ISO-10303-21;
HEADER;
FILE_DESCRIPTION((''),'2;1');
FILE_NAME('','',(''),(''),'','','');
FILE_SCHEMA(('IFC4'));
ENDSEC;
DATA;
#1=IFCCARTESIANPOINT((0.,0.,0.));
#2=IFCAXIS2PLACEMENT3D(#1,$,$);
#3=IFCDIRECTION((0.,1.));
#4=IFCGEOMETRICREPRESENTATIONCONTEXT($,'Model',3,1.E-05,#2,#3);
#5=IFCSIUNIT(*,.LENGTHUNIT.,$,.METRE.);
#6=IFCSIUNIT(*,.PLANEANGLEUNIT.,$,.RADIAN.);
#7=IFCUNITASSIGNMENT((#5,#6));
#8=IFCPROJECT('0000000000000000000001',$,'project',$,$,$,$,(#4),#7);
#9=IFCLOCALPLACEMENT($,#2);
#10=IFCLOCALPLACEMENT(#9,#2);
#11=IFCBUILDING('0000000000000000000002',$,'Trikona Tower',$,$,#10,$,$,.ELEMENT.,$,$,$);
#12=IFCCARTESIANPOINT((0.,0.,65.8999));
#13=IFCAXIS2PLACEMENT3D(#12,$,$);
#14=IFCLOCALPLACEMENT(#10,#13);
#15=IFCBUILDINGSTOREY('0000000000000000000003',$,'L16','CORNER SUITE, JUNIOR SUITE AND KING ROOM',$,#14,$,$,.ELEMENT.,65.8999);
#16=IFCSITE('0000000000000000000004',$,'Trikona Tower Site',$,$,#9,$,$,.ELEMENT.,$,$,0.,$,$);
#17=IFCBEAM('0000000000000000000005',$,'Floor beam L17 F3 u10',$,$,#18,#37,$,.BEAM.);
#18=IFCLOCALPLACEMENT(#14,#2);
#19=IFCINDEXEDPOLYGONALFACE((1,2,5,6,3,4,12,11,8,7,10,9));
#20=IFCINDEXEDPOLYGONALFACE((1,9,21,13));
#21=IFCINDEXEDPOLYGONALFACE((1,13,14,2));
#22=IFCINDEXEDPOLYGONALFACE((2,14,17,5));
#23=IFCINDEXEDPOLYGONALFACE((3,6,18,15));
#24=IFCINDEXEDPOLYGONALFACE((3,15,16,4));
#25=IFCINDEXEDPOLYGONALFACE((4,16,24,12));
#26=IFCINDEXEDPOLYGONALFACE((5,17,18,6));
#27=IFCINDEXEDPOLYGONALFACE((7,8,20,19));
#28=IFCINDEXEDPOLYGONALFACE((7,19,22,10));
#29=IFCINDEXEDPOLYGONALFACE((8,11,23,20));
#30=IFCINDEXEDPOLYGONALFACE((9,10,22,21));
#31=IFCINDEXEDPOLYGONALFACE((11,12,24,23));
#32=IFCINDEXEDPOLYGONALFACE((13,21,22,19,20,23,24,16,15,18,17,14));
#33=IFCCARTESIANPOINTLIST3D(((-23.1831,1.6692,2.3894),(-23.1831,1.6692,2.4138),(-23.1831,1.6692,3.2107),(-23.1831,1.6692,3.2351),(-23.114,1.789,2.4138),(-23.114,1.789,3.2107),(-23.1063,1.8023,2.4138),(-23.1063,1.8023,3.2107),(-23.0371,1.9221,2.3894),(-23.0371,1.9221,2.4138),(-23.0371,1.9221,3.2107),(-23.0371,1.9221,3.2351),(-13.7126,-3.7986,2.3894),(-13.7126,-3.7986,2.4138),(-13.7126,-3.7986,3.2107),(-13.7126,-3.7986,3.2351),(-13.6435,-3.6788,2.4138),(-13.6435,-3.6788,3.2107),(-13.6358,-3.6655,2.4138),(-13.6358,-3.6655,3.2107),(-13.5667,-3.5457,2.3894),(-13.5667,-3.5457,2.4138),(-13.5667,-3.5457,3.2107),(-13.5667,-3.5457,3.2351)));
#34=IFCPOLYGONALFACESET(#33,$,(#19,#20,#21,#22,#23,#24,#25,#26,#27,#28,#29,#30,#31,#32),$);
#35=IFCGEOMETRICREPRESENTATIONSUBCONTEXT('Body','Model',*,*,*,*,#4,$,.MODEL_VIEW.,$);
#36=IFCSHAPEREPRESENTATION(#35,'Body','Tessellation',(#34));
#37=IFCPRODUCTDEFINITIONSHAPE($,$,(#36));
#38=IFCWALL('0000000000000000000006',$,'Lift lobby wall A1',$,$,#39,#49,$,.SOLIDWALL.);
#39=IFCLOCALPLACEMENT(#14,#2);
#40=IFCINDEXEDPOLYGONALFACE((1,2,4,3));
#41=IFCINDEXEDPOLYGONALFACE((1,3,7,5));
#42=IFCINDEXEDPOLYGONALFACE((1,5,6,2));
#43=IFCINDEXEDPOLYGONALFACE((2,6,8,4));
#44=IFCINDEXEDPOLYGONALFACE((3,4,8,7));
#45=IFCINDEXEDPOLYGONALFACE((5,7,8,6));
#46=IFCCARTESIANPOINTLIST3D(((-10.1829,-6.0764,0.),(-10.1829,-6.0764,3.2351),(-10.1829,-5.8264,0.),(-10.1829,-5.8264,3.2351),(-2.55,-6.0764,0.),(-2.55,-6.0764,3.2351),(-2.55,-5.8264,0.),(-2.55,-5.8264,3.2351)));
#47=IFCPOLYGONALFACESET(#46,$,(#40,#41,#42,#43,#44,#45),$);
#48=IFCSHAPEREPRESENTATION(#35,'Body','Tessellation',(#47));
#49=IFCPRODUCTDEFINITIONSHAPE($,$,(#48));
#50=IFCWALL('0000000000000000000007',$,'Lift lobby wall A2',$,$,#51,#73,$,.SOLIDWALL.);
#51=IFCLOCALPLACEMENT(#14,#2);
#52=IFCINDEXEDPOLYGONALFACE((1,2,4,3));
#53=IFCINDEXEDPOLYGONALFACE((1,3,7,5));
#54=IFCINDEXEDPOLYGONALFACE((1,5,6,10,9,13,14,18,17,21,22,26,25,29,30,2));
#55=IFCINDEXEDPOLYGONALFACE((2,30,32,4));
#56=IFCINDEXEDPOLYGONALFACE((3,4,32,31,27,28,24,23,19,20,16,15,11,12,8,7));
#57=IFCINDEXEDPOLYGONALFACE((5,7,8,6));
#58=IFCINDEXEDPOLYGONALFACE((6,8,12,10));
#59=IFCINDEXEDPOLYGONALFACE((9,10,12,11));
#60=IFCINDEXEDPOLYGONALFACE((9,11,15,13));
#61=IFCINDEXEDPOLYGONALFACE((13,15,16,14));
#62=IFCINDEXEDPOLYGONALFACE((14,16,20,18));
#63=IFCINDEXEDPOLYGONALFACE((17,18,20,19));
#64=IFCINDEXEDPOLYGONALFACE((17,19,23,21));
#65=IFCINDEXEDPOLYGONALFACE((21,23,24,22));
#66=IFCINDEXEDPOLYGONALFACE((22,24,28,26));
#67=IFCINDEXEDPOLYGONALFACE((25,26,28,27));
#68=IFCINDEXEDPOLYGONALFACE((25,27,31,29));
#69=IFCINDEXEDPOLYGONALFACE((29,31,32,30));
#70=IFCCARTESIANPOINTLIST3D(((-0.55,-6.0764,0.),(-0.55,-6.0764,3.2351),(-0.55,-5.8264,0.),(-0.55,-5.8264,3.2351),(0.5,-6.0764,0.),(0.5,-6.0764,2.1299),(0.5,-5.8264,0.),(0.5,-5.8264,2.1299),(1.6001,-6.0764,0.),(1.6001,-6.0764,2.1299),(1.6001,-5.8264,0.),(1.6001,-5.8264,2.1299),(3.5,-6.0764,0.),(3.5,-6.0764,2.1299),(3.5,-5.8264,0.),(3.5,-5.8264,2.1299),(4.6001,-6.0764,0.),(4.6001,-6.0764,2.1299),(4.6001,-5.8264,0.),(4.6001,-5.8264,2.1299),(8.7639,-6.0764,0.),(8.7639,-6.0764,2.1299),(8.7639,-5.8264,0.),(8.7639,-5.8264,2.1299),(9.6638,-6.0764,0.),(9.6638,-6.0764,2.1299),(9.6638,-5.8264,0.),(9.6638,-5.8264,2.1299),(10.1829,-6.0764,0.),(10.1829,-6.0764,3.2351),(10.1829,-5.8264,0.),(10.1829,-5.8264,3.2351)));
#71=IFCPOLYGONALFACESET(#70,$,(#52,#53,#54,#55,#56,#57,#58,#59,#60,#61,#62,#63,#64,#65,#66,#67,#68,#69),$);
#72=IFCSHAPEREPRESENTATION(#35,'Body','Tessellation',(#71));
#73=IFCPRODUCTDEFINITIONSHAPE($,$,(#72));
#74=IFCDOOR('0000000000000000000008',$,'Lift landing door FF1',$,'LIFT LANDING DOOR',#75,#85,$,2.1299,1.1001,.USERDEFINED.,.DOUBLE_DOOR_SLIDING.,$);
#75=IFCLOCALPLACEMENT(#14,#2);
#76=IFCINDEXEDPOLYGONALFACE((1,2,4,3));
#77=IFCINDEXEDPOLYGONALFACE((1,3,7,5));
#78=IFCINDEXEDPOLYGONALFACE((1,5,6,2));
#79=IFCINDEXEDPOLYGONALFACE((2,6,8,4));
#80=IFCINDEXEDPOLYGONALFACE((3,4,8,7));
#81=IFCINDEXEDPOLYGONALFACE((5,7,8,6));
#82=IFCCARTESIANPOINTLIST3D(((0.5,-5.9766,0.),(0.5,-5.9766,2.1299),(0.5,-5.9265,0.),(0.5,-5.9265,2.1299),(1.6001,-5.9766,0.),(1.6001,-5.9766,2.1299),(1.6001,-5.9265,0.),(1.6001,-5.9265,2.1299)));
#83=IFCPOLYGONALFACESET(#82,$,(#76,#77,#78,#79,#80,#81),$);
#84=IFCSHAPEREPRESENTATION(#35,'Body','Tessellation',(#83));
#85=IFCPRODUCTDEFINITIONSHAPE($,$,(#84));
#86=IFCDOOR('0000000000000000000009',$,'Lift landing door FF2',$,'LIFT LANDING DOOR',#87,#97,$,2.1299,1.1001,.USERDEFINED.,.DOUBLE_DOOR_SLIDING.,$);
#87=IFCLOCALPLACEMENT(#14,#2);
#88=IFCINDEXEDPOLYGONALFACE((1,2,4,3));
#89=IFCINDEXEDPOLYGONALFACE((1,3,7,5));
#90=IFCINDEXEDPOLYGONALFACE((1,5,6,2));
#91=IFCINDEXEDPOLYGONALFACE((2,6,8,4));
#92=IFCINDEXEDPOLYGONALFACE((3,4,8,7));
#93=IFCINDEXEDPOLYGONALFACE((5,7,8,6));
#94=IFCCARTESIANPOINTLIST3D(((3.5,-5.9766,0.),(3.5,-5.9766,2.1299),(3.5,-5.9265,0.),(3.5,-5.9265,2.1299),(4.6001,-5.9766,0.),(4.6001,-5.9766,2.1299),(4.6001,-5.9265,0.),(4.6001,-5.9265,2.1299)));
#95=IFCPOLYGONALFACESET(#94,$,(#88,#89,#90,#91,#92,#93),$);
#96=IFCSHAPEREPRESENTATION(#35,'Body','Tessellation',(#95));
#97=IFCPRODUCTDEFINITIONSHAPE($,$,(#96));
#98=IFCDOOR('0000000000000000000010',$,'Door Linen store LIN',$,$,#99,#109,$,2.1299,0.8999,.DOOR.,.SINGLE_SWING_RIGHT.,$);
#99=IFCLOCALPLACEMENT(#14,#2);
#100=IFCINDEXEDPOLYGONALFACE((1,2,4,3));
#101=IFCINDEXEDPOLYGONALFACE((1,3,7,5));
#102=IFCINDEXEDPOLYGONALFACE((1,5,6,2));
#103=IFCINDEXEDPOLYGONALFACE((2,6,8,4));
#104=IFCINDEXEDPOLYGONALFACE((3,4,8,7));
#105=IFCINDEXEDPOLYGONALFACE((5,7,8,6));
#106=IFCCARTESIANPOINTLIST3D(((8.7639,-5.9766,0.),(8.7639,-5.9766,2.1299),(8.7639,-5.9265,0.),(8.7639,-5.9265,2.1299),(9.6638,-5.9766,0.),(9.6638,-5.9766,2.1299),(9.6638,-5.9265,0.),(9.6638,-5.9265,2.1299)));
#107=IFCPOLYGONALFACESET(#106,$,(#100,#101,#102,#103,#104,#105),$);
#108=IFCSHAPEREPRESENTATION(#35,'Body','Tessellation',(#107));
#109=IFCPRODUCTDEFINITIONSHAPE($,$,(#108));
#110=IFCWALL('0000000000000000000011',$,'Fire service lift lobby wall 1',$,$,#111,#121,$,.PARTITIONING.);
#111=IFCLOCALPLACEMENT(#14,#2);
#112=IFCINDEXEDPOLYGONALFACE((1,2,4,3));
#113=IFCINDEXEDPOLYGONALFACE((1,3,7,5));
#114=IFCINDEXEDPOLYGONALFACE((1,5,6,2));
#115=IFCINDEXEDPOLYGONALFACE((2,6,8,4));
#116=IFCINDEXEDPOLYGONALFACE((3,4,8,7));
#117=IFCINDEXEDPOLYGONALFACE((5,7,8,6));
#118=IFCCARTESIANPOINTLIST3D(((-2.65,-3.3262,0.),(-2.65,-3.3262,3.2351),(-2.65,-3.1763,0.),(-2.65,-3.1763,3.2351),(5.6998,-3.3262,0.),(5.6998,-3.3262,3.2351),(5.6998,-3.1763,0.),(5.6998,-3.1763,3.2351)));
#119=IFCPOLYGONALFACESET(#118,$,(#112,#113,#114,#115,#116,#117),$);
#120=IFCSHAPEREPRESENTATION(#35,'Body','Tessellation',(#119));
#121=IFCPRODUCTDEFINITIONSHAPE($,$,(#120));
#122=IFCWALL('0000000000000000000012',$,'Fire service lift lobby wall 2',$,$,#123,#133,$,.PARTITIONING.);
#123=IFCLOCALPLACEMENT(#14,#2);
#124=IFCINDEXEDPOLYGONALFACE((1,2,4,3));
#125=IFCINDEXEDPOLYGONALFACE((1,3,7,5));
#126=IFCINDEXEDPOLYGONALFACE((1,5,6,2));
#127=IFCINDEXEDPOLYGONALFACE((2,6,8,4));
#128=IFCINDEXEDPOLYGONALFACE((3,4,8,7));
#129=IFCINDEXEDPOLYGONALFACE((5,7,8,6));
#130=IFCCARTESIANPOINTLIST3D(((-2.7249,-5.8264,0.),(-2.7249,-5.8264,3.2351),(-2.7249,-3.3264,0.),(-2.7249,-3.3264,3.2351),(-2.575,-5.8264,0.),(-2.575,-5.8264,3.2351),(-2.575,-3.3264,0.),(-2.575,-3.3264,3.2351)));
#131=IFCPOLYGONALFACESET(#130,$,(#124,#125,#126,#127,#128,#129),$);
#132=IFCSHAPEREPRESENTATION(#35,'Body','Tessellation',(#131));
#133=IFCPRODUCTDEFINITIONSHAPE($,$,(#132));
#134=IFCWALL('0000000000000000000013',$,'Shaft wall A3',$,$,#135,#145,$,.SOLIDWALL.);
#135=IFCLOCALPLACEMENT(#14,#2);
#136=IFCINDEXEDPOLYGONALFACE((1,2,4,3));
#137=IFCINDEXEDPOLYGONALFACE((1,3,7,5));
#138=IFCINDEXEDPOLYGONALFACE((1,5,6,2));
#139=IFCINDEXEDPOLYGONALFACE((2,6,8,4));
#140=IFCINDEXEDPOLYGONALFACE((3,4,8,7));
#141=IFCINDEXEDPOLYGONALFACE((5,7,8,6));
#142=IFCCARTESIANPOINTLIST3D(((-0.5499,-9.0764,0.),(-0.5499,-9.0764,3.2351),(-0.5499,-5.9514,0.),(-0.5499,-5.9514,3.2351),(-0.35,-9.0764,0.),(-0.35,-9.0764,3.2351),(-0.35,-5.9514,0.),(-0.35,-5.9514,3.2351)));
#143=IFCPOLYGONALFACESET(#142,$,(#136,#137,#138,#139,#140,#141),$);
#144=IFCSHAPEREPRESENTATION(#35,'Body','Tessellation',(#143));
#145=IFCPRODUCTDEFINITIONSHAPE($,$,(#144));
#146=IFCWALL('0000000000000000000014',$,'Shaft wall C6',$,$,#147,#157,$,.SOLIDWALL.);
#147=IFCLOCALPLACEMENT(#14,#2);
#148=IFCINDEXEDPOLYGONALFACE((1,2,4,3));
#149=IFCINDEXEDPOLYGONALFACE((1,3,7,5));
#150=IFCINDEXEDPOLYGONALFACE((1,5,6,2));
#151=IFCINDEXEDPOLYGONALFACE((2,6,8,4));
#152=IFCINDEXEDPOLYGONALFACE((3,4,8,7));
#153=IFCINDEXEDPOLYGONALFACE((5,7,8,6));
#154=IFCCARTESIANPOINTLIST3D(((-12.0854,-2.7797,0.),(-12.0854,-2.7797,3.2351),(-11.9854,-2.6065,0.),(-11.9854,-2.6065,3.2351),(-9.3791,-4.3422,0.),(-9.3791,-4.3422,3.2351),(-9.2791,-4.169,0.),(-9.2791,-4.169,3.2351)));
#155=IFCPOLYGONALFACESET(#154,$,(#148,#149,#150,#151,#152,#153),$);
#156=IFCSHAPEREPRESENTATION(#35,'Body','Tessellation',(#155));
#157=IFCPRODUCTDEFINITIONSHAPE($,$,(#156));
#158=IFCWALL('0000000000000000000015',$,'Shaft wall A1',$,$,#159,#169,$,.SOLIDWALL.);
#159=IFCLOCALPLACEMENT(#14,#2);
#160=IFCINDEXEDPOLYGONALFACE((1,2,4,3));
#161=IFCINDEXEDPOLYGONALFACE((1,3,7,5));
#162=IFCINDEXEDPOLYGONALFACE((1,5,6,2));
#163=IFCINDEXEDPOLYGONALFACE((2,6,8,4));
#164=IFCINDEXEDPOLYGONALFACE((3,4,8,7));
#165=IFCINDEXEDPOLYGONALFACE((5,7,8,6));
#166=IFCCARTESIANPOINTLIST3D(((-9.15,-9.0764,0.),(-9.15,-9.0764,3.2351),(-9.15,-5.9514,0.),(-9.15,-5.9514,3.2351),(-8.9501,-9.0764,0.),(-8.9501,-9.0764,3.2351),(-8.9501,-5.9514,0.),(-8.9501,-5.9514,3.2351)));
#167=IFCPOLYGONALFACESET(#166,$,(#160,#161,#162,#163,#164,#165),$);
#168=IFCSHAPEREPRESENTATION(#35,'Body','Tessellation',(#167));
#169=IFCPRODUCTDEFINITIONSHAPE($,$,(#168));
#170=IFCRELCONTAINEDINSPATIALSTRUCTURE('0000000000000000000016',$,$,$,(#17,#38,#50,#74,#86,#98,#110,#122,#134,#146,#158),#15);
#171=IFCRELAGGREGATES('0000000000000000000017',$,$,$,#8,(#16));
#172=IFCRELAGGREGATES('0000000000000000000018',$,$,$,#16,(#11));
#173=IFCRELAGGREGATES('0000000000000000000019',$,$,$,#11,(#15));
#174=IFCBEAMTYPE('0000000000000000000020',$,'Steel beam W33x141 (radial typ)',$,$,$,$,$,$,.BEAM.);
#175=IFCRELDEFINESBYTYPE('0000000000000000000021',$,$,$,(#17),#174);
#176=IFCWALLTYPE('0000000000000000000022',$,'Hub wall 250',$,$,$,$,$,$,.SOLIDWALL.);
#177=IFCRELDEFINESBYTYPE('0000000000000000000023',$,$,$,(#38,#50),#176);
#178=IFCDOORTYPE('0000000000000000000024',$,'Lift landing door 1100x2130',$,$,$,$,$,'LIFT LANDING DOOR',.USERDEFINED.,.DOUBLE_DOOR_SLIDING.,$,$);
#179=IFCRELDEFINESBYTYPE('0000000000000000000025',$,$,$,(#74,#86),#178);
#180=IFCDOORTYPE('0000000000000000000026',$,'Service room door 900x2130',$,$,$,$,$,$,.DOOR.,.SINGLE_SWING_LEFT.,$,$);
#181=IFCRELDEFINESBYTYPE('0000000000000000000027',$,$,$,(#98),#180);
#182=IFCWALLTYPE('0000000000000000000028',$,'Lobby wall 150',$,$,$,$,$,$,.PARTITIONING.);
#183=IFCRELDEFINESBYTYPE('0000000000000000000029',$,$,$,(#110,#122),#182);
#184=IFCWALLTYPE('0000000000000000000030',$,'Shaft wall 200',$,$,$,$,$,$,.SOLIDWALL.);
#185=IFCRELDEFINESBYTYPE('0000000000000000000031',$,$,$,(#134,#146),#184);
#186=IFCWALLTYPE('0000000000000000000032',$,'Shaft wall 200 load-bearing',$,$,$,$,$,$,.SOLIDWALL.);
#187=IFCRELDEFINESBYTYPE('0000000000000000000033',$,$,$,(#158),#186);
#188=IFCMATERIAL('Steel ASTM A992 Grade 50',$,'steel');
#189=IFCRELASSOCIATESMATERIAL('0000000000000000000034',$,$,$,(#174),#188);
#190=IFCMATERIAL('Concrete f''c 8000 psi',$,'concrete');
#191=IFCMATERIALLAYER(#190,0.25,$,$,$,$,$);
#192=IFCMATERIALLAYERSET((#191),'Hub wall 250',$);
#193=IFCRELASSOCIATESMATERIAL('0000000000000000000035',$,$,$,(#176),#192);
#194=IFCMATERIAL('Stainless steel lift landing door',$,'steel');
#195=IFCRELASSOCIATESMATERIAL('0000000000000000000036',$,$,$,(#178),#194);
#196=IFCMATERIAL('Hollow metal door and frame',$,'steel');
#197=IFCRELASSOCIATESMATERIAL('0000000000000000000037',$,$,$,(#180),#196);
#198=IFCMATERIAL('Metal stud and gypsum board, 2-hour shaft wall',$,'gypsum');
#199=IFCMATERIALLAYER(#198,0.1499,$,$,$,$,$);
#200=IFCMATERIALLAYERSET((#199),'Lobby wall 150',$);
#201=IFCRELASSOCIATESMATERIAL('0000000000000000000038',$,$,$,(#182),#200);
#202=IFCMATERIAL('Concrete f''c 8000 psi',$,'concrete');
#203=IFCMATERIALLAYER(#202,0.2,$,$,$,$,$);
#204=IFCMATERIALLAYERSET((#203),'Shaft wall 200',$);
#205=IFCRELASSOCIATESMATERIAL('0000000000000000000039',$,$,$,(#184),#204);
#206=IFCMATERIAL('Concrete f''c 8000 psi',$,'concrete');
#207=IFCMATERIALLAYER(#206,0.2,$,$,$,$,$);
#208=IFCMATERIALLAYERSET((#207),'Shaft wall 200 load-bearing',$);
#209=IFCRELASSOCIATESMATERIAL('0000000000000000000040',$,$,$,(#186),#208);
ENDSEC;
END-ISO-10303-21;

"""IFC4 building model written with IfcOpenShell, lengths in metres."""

from ifc_helpers import new_model, si_unit, direction, frame, frame_2d, origin, origin_2d, place, context, subcontext, project, spatial, rectangle, i_section, extrude, material, layer, layer_set, material_profile, profile_set, type_object, element, fill, save


model = new_model("IFC4")

# Units and contexts
model_context = context("Model", 3, precision=1e-05, world=origin(), true_north=direction((0.0, 1.0)))
body_context = subcontext(model_context, "Body", "Model", "MODEL_VIEW")
ifc_project = project(units=[si_unit("LENGTHUNIT", "METRE"), si_unit("PLANEANGLEUNIT", "RADIAN")], contexts=[model_context])

# Site, building, storey
site_placement = place(None, origin())
site = spatial("IfcSite", under=ifc_project, at=site_placement, Name="Trikona Tower Site", CompositionType="ELEMENT", RefElevation=0.0)
building_placement = place(site_placement, origin())
building = spatial("IfcBuilding", under=site, at=building_placement, Name="Trikona Tower", CompositionType="ELEMENT")
storey_placement = place(building_placement, frame((0.0, 0.0, 65.8999)))
storey = spatial("IfcBuildingStorey", under=building, at=storey_placement, Name="L16", Description="CORNER SUITE, JUNIOR SUITE AND KING ROOM", CompositionType="ELEMENT", Elevation=65.8999)

# Beam
ifc_material_1 = material(Name="Steel ASTM A992 Grade 50", Category="steel")
ifc_material_profile = material_profile(ifc_material_1, i_section(OverallWidth=0.292, OverallDepth=0.8457, WebThickness=0.0154, FlangeThickness=0.0244, at=origin_2d()), Name="W33X141")
ifc_profile_set = profile_set([ifc_material_profile], Name="Steel ASTM A992 Grade 50")
beam_type = type_object("IfcBeamType", Name="Steel beam W33x141 (radial typ)", PredefinedType="BEAM", material=ifc_profile_set)
beam_placement = place(storey_placement, frame((-13.6396, -3.6721, 2.8123), z_axis=(-0.866025, 0.5, 0.0), x_axis=(-0.5, -0.866025, 0.0)))
element("IfcBeam", 1, at=beam_placement, inside=storey, type_object=beam_type, Name="Floor beam L17 F3 u10", PredefinedType="BEAM", context=body_context, shape_type="SweptSolid", body=[
    extrude(i_section(OverallWidth=0.292, OverallDepth=0.8457, WebThickness=0.0154, FlangeThickness=0.0244, at=origin_2d()), origin(), (0.0, 0.0, 1.0), 10.9355),
])

# Wall
ifc_material_2 = material(Name="Concrete f'c 8000 psi", Category="concrete")
ifc_layer_1 = layer(ifc_material_2, 0.25)
ifc_layer_set_1 = layer_set([ifc_layer_1], Name="Hub wall 250")
wall_type_1 = type_object("IfcWallType", Name="Hub wall 250", PredefinedType="SOLIDWALL", material=ifc_layer_set_1)
wall_1_placement = place(storey_placement, frame((-10.1829, -5.9514, 0.0), z_axis=(0.0, 0.0, 1.0), x_axis=(1.0, 0.0, 0.0)))
element("IfcWall", 2, at=wall_1_placement, inside=storey, type_object=wall_type_1, Name="Lift lobby wall A1", PredefinedType="SOLIDWALL", context=body_context, shape_type="SweptSolid", body=[
    extrude(rectangle(XDim=7.6328, YDim=0.25, at=frame_2d((3.8164, 0.0))), origin(), (0.0, 0.0, 1.0), 3.2351),
])

# Wall, openings, doors
wall_2_placement = place(storey_placement, frame((-0.55, -5.9514, 0.0), z_axis=(0.0, 0.0, 1.0), x_axis=(1.0, 0.0, 0.0)))
wall_2 = element("IfcWall", 3, at=wall_2_placement, inside=storey, type_object=wall_type_1, Name="Lift lobby wall A2", PredefinedType="SOLIDWALL", context=body_context, shape_type="SweptSolid", body=[
    extrude(rectangle(XDim=10.7329, YDim=0.25, at=frame_2d((5.3665, 0.0))), origin(), (0.0, 0.0, 1.0), 3.2351),
])
opening_1_placement = place(wall_2_placement, frame((9.314, 0.0, 0.0)))
opening_1 = element("IfcOpeningElement", 4, at=opening_1_placement, cuts=wall_2, PredefinedType="OPENING", context=body_context, shape_type="SweptSolid", body=[
    extrude(rectangle(XDim=0.8999, YDim=2.1299, at=frame_2d((0.45, 1.0649))), frame((0.0, 0.135, 0.0), z_axis=(0.0, -1.0, 0.0), x_axis=(1.0, 0.0, 0.0)), (0.0, 0.0, 1.0), 0.27),
])
opening_2_placement = place(wall_2_placement, frame((1.05, 0.0, 0.0)))
opening_2 = element("IfcOpeningElement", 5, at=opening_2_placement, cuts=wall_2, PredefinedType="OPENING", context=body_context, shape_type="SweptSolid", body=[
    extrude(rectangle(XDim=1.1001, YDim=2.1299, at=frame_2d((0.55, 1.0649))), frame((0.0, 0.135, 0.0), z_axis=(0.0, -1.0, 0.0), x_axis=(1.0, 0.0, 0.0)), (0.0, 0.0, 1.0), 0.27),
])
opening_3_placement = place(wall_2_placement, frame((4.05, 0.0, 0.0)))
opening_3 = element("IfcOpeningElement", 6, at=opening_3_placement, cuts=wall_2, PredefinedType="OPENING", context=body_context, shape_type="SweptSolid", body=[
    extrude(rectangle(XDim=1.1001, YDim=2.1299, at=frame_2d((0.55, 1.0649))), frame((0.0, 0.135, 0.0), z_axis=(0.0, -1.0, 0.0), x_axis=(1.0, 0.0, 0.0)), (0.0, 0.0, 1.0), 0.27),
])
ifc_material_3 = material(Name="Stainless steel lift landing door", Category="steel")
door_type_1 = type_object("IfcDoorType", Name="Lift landing door 1100x2130", ElementType="LIFT LANDING DOOR", OperationType="DOUBLE_DOOR_SLIDING", PredefinedType="USERDEFINED", material=ifc_material_3)
door_1_placement = place(opening_2_placement, origin())
door_1 = element("IfcDoor", 7, at=door_1_placement, inside=storey, type_object=door_type_1, Name="Lift landing door FF1", ObjectType="LIFT LANDING DOOR", OperationType="DOUBLE_DOOR_SLIDING", OverallHeight=2.1299, OverallWidth=1.1001, PredefinedType="USERDEFINED", context=body_context, shape_type="SweptSolid", body=[
    extrude(rectangle(XDim=1.1001, YDim=2.1299, at=frame_2d((0.55, 1.0649))), frame((0.0, 0.0249, 0.0), z_axis=(0.0, -1.0, 0.0), x_axis=(1.0, 0.0, 0.0)), (0.0, 0.0, 1.0), 0.05),
])
fill(opening_2, door_1)
door_2_placement = place(opening_3_placement, origin())
door_2 = element("IfcDoor", 8, at=door_2_placement, inside=storey, type_object=door_type_1, Name="Lift landing door FF2", ObjectType="LIFT LANDING DOOR", OperationType="DOUBLE_DOOR_SLIDING", OverallHeight=2.1299, OverallWidth=1.1001, PredefinedType="USERDEFINED", context=body_context, shape_type="SweptSolid", body=[
    extrude(rectangle(XDim=1.1001, YDim=2.1299, at=frame_2d((0.55, 1.0649))), frame((0.0, 0.0249, 0.0), z_axis=(0.0, -1.0, 0.0), x_axis=(1.0, 0.0, 0.0)), (0.0, 0.0, 1.0), 0.05),
])
fill(opening_3, door_2)
ifc_material_4 = material(Name="Hollow metal door and frame", Category="steel")
door_type_2 = type_object("IfcDoorType", Name="Service room door 900x2130", OperationType="SINGLE_SWING_LEFT", PredefinedType="DOOR", material=ifc_material_4)
door_3_placement = place(opening_1_placement, origin())
door_3 = element("IfcDoor", 9, at=door_3_placement, inside=storey, type_object=door_type_2, Name="Door Linen store LIN", OperationType="SINGLE_SWING_RIGHT", OverallHeight=2.1299, OverallWidth=0.8999, PredefinedType="DOOR", context=body_context, shape_type="SweptSolid", body=[
    extrude(rectangle(XDim=0.8999, YDim=2.1299, at=frame_2d((0.45, 1.0649))), frame((0.0, 0.0249, 0.0), z_axis=(0.0, -1.0, 0.0), x_axis=(1.0, 0.0, 0.0)), (0.0, 0.0, 1.0), 0.05),
])
fill(opening_1, door_3)

# Walls
ifc_material_5 = material(Name="Metal stud and gypsum board, 2-hour shaft wall", Category="gypsum")
ifc_layer_2 = layer(ifc_material_5, 0.1499)
ifc_layer_set_2 = layer_set([ifc_layer_2], Name="Lobby wall 150")
wall_type_2 = type_object("IfcWallType", Name="Lobby wall 150", PredefinedType="PARTITIONING", material=ifc_layer_set_2)
wall_3_placement = place(storey_placement, frame((-2.6499, -3.2512, 0.0), z_axis=(0.0, 0.0, 1.0), x_axis=(1.0, 0.0, 0.0)))
element("IfcWall", 10, at=wall_3_placement, inside=storey, type_object=wall_type_2, Name="Fire service lift lobby wall 1", PredefinedType="PARTITIONING", context=body_context, shape_type="SweptSolid", body=[
    extrude(rectangle(XDim=8.3499, YDim=0.1499, at=frame_2d((4.1748, 0.0))), origin(), (0.0, 0.0, 1.0), 3.2351),
])
wall_4_placement = place(storey_placement, frame((-2.6499, -5.8264, 0.0), z_axis=(0.0, 0.0, 1.0), x_axis=(0.0, 1.0, 0.0)))
element("IfcWall", 11, at=wall_4_placement, inside=storey, type_object=wall_type_2, Name="Fire service lift lobby wall 2", PredefinedType="PARTITIONING", context=body_context, shape_type="SweptSolid", body=[
    extrude(rectangle(XDim=2.5, YDim=0.1499, at=frame_2d((1.25, 0.0))), origin(), (0.0, 0.0, 1.0), 3.2351),
])
ifc_material_6 = material(Name="Concrete f'c 8000 psi", Category="concrete")
ifc_layer_3 = layer(ifc_material_6, 0.2)
ifc_layer_set_3 = layer_set([ifc_layer_3], Name="Shaft wall 200")
wall_type_3 = type_object("IfcWallType", Name="Shaft wall 200", PredefinedType="SOLIDWALL", material=ifc_layer_set_3)
for number, where, z_axis, x_axis, name in (
    (12, (-0.45, -5.9514, 0.0), (0.0, 0.0, 1.0), (0.0, -1.0, 0.0), "Shaft wall A3"),
    (13, (-9.3291, -4.2556, 0.0), (0.0, 0.0, 1.0), (-0.866023, 0.500004, 0.0), "Shaft wall C6"),
):
    element("IfcWall", number, at=place(storey_placement, frame(where, z_axis=z_axis, x_axis=x_axis)), inside=storey, type_object=wall_type_3, Name=name, PredefinedType="SOLIDWALL", context=body_context, shape_type="SweptSolid", body=[
        extrude(rectangle(XDim=3.125, YDim=0.2, at=frame_2d((1.5625, 0.0))), origin(), (0.0, 0.0, 1.0), 3.2351),
    ])
ifc_material_7 = material(Name="Concrete f'c 8000 psi", Category="concrete")
ifc_layer_4 = layer(ifc_material_7, 0.2)
ifc_layer_set_4 = layer_set([ifc_layer_4], Name="Shaft wall 200 load-bearing")
wall_type_4 = type_object("IfcWallType", Name="Shaft wall 200 load-bearing", PredefinedType="SOLIDWALL", material=ifc_layer_set_4)
wall_5_placement = place(storey_placement, frame((-9.05, -5.9514, 0.0), z_axis=(0.0, 0.0, 1.0), x_axis=(0.0, -1.0, 0.0)))
element("IfcWall", 14, at=wall_5_placement, inside=storey, type_object=wall_type_4, Name="Shaft wall A1", PredefinedType="SOLIDWALL", context=body_context, shape_type="SweptSolid", body=[
    extrude(rectangle(XDim=3.125, YDim=0.2, at=frame_2d((1.5625, 0.0))), origin(), (0.0, 0.0, 1.0), 3.2351),
])

save(model, "model.ifc")
